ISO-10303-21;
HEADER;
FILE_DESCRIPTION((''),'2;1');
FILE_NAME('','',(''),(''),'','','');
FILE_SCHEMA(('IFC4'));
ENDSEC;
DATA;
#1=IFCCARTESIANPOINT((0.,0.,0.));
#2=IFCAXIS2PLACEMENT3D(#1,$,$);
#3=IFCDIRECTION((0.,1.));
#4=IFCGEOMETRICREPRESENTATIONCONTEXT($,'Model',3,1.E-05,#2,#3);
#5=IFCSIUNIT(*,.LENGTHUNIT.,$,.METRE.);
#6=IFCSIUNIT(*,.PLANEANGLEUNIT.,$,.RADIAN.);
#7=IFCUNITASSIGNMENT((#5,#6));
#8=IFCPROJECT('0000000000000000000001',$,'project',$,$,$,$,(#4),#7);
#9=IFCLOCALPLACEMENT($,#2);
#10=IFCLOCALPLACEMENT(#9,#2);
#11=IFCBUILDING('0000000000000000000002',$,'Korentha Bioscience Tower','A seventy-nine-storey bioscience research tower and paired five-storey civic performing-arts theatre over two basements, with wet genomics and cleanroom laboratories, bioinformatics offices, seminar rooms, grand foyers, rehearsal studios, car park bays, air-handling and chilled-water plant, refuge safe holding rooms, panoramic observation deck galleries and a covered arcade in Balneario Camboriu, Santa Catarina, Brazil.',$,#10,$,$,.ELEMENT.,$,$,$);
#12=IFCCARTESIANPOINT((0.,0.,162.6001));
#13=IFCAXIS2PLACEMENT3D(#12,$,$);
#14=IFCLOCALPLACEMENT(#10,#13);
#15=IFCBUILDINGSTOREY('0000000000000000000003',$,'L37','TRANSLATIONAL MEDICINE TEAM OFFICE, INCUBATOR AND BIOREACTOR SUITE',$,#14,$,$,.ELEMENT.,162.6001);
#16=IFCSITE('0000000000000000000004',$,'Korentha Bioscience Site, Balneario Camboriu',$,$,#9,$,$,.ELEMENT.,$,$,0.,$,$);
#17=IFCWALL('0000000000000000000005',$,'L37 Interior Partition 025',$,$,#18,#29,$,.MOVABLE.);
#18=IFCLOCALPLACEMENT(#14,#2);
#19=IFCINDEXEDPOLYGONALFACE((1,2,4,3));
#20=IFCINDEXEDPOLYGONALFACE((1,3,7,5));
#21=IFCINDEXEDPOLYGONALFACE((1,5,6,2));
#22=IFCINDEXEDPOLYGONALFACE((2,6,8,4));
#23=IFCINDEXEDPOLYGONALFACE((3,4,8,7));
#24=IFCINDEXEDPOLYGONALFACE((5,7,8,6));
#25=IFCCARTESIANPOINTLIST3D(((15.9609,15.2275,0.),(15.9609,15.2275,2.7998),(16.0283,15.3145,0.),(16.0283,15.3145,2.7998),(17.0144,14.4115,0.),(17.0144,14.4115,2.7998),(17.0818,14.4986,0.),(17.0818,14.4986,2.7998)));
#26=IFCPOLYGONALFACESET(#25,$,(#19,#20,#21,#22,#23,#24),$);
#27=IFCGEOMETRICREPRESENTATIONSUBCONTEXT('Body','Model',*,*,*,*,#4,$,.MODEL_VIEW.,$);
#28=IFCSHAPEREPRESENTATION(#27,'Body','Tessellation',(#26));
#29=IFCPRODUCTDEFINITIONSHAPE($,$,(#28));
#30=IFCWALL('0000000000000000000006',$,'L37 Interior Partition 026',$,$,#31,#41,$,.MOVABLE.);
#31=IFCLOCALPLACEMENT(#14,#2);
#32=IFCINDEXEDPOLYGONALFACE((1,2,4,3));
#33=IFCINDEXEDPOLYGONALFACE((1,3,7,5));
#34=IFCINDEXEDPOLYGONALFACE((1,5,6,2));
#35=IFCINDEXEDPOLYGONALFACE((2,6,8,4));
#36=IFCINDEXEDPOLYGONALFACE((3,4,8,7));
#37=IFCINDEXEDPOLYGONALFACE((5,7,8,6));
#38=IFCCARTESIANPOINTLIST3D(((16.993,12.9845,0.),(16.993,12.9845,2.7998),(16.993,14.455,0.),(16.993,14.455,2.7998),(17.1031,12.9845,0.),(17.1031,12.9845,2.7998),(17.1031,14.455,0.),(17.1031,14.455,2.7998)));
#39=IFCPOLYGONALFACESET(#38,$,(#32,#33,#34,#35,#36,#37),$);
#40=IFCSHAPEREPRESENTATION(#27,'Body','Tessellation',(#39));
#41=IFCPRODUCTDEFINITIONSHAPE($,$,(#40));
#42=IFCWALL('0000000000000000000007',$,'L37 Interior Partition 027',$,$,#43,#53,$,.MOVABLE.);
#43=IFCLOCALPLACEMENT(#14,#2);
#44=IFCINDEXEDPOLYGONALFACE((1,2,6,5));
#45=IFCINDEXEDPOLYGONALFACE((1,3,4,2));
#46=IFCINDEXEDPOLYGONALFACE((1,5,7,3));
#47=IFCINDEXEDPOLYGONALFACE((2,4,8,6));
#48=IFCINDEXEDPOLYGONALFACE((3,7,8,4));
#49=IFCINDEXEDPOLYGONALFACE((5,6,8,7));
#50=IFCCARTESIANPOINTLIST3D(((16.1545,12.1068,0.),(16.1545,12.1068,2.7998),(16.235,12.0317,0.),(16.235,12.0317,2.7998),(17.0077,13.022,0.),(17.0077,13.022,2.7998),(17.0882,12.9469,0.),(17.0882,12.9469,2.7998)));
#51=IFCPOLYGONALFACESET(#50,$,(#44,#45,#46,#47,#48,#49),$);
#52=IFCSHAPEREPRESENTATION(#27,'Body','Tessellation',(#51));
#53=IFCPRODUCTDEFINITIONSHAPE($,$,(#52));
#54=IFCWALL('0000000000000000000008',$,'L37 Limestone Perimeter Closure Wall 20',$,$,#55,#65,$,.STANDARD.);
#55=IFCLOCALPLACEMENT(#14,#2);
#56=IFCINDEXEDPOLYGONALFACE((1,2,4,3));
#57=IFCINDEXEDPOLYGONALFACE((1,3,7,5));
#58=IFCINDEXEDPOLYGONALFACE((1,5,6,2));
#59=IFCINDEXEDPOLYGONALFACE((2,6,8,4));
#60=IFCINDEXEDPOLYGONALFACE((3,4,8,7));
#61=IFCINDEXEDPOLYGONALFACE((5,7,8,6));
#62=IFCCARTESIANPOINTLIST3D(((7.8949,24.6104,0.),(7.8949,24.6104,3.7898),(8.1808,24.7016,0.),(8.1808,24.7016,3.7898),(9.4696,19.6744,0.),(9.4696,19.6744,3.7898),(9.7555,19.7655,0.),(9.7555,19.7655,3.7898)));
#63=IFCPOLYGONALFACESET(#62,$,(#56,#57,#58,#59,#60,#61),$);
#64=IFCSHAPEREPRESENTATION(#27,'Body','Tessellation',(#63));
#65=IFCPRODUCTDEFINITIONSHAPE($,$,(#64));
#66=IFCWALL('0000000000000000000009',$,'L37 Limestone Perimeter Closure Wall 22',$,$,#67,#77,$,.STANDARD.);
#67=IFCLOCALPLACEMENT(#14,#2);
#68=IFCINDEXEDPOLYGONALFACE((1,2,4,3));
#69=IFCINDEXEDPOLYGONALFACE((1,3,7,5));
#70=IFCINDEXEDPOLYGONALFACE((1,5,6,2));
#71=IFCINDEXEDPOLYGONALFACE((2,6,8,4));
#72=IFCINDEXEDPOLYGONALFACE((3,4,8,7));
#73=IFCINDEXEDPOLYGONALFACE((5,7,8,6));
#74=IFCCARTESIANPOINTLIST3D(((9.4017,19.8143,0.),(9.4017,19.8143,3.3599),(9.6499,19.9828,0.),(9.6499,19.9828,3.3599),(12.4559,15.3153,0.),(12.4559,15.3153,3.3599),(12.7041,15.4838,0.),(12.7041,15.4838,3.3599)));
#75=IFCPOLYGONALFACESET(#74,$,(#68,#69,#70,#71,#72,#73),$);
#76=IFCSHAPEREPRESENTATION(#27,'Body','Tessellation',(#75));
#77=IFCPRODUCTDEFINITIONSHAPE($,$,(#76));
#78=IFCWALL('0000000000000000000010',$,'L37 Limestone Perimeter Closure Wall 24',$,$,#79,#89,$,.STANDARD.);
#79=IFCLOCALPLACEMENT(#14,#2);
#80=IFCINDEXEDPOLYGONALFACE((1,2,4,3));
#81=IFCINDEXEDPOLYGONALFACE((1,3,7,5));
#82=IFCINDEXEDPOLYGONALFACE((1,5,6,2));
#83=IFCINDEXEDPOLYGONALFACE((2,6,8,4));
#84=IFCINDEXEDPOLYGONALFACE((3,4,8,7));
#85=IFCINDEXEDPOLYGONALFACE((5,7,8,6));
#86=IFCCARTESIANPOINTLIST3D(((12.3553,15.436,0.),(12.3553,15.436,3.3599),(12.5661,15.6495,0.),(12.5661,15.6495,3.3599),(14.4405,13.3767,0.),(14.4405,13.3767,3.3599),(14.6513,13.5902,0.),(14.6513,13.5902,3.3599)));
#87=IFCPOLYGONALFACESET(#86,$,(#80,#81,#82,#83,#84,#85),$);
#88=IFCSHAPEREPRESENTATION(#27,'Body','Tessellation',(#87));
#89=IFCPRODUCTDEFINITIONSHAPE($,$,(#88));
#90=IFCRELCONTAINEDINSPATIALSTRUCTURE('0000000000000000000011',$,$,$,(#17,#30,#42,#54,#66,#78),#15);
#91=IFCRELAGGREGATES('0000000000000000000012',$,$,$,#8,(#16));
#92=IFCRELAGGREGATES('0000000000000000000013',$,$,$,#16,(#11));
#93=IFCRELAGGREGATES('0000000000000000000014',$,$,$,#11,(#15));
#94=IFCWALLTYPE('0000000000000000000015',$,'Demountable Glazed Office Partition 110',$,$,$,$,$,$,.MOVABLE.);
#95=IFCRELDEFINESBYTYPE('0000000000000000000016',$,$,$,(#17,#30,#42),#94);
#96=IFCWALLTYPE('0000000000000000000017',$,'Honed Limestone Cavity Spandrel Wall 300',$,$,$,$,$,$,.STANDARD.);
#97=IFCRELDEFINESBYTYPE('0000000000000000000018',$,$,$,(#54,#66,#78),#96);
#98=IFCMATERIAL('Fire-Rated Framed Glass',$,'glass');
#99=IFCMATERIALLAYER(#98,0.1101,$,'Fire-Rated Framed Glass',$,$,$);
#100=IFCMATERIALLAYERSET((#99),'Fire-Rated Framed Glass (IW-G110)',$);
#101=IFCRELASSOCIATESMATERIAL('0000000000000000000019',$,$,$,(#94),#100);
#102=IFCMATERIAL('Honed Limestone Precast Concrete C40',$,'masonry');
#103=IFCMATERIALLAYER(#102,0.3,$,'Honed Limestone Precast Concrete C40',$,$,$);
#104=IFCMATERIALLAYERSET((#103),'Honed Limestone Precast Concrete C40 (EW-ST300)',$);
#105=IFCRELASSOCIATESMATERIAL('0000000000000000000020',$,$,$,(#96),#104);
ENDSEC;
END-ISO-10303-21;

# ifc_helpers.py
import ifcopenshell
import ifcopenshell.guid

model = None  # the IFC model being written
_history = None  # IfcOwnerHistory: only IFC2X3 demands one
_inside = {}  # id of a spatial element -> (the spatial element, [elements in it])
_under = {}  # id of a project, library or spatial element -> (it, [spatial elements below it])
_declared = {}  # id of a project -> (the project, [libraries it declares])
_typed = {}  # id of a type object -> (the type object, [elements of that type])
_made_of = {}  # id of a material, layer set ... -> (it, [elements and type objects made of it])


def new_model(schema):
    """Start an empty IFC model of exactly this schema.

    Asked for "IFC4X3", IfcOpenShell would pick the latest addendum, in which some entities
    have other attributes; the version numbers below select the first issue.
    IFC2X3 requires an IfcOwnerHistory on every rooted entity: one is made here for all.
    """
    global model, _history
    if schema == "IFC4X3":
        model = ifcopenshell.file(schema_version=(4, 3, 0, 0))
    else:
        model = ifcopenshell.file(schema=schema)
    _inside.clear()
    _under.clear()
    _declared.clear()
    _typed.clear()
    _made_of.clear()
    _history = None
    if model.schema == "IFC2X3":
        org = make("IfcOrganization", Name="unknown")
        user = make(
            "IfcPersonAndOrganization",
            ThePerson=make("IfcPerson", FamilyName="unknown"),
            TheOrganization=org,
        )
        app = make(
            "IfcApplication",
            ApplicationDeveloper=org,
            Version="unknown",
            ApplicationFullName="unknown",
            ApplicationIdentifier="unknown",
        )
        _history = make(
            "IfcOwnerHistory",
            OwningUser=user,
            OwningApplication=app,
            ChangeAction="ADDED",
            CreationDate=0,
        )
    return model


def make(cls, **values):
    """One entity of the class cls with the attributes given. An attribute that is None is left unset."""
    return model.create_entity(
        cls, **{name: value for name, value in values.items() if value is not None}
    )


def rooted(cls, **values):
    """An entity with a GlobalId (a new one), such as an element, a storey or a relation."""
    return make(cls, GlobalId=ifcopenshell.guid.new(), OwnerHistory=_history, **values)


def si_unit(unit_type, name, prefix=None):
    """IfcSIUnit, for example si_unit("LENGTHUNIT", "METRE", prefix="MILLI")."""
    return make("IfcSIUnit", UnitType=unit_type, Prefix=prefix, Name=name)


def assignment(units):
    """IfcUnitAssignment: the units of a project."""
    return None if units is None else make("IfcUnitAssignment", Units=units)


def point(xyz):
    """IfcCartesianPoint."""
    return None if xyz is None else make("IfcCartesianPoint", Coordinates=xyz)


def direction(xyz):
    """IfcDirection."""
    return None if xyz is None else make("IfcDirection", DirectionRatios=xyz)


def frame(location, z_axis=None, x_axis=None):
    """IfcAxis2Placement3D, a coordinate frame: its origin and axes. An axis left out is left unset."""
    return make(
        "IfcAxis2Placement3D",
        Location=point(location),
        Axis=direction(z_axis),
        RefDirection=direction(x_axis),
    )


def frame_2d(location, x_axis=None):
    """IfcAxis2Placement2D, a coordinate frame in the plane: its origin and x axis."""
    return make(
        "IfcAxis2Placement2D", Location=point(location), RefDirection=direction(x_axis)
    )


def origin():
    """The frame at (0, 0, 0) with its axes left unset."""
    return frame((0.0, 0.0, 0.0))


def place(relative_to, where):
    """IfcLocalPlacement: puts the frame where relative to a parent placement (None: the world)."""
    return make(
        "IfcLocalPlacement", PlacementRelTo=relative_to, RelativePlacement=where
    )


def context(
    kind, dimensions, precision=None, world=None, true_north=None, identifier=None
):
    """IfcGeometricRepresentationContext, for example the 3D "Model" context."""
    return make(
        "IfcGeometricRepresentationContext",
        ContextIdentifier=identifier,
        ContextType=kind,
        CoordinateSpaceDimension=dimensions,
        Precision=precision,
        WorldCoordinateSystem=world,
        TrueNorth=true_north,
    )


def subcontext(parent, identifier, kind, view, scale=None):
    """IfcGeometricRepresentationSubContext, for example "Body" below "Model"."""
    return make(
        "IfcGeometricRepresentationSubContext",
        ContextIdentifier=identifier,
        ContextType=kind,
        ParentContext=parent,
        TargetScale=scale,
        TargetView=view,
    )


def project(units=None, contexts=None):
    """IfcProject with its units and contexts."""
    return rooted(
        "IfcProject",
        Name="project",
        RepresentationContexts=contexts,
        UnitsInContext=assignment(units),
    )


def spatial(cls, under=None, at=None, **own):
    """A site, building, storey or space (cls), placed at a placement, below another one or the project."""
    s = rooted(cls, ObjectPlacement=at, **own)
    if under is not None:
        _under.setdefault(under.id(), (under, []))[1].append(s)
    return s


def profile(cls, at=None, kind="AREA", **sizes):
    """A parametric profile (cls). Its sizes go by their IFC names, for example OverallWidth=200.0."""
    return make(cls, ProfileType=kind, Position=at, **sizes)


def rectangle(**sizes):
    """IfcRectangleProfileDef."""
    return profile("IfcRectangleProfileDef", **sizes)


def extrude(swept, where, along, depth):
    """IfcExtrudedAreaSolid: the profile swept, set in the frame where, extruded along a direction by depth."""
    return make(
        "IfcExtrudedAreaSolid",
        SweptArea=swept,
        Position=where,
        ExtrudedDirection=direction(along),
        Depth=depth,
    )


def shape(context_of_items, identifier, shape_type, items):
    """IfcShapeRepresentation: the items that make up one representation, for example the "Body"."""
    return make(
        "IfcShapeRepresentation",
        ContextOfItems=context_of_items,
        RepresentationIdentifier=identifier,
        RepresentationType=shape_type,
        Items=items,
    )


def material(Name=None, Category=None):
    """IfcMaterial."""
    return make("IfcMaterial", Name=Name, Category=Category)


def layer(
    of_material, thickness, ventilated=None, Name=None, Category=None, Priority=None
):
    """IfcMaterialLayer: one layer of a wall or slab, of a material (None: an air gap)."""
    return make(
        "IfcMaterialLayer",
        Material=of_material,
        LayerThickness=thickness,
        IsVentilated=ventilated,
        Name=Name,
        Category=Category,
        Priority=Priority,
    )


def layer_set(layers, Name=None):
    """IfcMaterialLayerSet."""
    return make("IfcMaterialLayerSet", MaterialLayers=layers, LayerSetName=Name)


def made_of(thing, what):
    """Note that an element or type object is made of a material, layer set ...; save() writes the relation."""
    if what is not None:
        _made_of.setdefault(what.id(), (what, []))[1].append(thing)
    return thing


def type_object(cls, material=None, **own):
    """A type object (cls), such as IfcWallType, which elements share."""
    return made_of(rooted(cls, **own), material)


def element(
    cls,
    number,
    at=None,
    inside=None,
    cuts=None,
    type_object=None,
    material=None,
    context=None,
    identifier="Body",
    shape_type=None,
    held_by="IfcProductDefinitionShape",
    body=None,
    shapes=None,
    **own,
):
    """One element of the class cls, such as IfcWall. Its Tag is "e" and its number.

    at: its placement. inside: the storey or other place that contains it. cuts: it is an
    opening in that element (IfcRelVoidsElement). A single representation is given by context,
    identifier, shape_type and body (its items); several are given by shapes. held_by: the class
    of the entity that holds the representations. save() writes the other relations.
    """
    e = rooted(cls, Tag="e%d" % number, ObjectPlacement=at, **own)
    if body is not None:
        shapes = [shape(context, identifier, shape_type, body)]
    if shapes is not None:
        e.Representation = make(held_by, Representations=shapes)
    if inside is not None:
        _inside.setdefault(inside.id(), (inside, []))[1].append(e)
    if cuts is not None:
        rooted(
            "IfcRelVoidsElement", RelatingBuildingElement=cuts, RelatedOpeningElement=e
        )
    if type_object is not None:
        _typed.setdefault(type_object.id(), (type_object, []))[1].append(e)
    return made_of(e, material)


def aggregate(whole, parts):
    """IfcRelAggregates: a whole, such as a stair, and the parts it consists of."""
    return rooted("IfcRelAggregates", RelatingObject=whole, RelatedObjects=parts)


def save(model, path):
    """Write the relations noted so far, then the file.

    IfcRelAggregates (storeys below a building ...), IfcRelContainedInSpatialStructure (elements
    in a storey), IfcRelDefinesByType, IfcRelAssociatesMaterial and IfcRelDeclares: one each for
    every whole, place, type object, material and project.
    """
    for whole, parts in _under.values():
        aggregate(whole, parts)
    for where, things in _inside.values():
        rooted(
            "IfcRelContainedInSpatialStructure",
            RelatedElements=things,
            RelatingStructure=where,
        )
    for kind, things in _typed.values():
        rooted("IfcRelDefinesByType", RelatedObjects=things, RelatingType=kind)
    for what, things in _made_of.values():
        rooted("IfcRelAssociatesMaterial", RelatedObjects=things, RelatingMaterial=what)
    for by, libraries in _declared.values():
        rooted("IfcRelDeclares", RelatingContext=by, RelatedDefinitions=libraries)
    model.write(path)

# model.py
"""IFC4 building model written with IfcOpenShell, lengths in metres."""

from ifc_helpers import new_model, si_unit, direction, frame, frame_2d, origin, place, context, subcontext, project, spatial, rectangle, extrude, material, layer, layer_set, type_object, element, save


model = new_model("IFC4")

# Units and contexts
model_context = context("Model", 3, precision=1e-05, world=origin(), true_north=direction((0.0, 1.0)))
body_context = subcontext(model_context, "Body", "Model", "MODEL_VIEW")
ifc_project = project(units=[si_unit("LENGTHUNIT", "METRE"), si_unit("PLANEANGLEUNIT", "RADIAN")], contexts=[model_context])

# Site, building, storey
site_placement = place(None, origin())
site = spatial("IfcSite", under=ifc_project, at=site_placement, Name="Korentha Bioscience Site, Balneario Camboriu", CompositionType="ELEMENT", RefElevation=0.0)
building_placement = place(site_placement, origin())
building = spatial("IfcBuilding", under=site, at=building_placement, Name="Korentha Bioscience Tower", Description="A seventy-nine-storey bioscience research tower and paired five-storey civic performing-arts theatre over two basements, with wet genomics and cleanroom laboratories, bioinformatics offices, seminar rooms, grand foyers, rehearsal studios, car park bays, air-handling and chilled-water plant, refuge safe holding rooms, panoramic observation deck galleries and a covered arcade in Balneario Camboriu, Santa Catarina, Brazil.", CompositionType="ELEMENT")
storey_placement = place(building_placement, frame((0.0, 0.0, 162.6001)))
storey = spatial("IfcBuildingStorey", under=building, at=storey_placement, Name="L37", Description="TRANSLATIONAL MEDICINE TEAM OFFICE, INCUBATOR AND BIOREACTOR SUITE", CompositionType="ELEMENT", Elevation=162.6001)

# Shared definitions
ifc_material_1 = material(Name="Fire-Rated Framed Glass", Category="glass")
ifc_layer_1 = layer(ifc_material_1, 0.1101, Name="Fire-Rated Framed Glass")
ifc_layer_set_1 = layer_set([ifc_layer_1], Name="Fire-Rated Framed Glass (IW-G110)")
wall_type_1 = type_object("IfcWallType", Name="Demountable Glazed Office Partition 110", PredefinedType="MOVABLE", material=ifc_layer_set_1)

# Walls
wall_1_placement = place(storey_placement, frame((15.9946, 15.271, 0.0), z_axis=(0.0, 0.0, 1.0), x_axis=(0.790604, -0.612328, 0.0)))
element("IfcWall", 1, at=wall_1_placement, inside=storey, type_object=wall_type_1, Name="L37 Interior Partition 025", PredefinedType="MOVABLE", context=body_context, shape_type="SweptSolid", body=[
    extrude(rectangle(XDim=1.3325, YDim=0.1101, at=frame_2d((0.6663, 0.0))), origin(), (0.0, 0.0, 1.0), 2.7998),
])
wall_2_placement = place(storey_placement, frame((17.0481, 14.4551, 0.0), z_axis=(0.0, 0.0, 1.0), x_axis=(0.0, -1.0, 0.0)))
element("IfcWall", 2, at=wall_2_placement, inside=storey, type_object=wall_type_1, Name="L37 Interior Partition 026", PredefinedType="MOVABLE", context=body_context, shape_type="SweptSolid", body=[
    extrude(rectangle(XDim=1.4705, YDim=0.1101, at=frame_2d((0.7354, 0.0))), origin(), (0.0, 0.0, 1.0), 2.7998),
])
wall_3_placement = place(storey_placement, frame((17.0479, 12.9844, 0.0), z_axis=(0.0, 0.0, 1.0), x_axis=(-0.681894, -0.731451, 0.0)))
element("IfcWall", 3, at=wall_3_placement, inside=storey, type_object=wall_type_1, Name="L37 Interior Partition 027", PredefinedType="MOVABLE", context=body_context, shape_type="SweptSolid", body=[
    extrude(rectangle(XDim=1.2512, YDim=0.1101, at=frame_2d((0.6255, 0.0))), origin(), (0.0, 0.0, 1.0), 2.7998),
])
ifc_material_2 = material(Name="Honed Limestone Precast Concrete C40", Category="masonry")
ifc_layer_2 = layer(ifc_material_2, 0.3, Name="Honed Limestone Precast Concrete C40")
ifc_layer_set_2 = layer_set([ifc_layer_2], Name="Honed Limestone Precast Concrete C40 (EW-ST300)")
wall_type_2 = type_object("IfcWallType", Name="Honed Limestone Cavity Spandrel Wall 300", PredefinedType="STANDARD", material=ifc_layer_set_2)
wall_4_placement = place(storey_placement, frame((8.0378, 24.656, 0.0), z_axis=(0.0, 0.0, 1.0), x_axis=(0.303931, -0.952694, 0.0)))
element("IfcWall", 4, at=wall_4_placement, inside=storey, type_object=wall_type_2, Name="L37 Limestone Perimeter Closure Wall 20", PredefinedType="STANDARD", context=body_context, shape_type="SweptSolid", body=[
    extrude(rectangle(XDim=5.1812, YDim=0.3, at=frame_2d((2.5906, 0.0))), origin(), (0.0, 0.0, 1.0), 3.7898),
])
wall_5_placement = place(storey_placement, frame((9.5259, 19.8984, 0.0), z_axis=(0.0, 0.0, 1.0), x_axis=(0.561664, -0.827365, 0.0)))
element("IfcWall", 5, at=wall_5_placement, inside=storey, type_object=wall_type_2, Name="L37 Limestone Perimeter Closure Wall 22", PredefinedType="STANDARD", context=body_context, shape_type="SweptSolid", body=[
    extrude(rectangle(XDim=5.4377, YDim=0.3, at=frame_2d((2.7188, 0.0))), origin(), (0.0, 0.0, 1.0), 3.3599),
])
wall_6_placement = place(storey_placement, frame((12.4607, 15.5427, 0.0), z_axis=(0.0, 0.0, 1.0), x_axis=(0.711508, -0.702678, 0.0)))
element("IfcWall", 6, at=wall_6_placement, inside=storey, type_object=wall_type_2, Name="L37 Limestone Perimeter Closure Wall 24", PredefinedType="STANDARD", context=body_context, shape_type="SweptSolid", body=[
    extrude(rectangle(XDim=2.9307, YDim=0.3, at=frame_2d((1.4653, 0.0))), origin(), (0.0, 0.0, 1.0), 3.3599),
])

save(model, "model.ifc")
